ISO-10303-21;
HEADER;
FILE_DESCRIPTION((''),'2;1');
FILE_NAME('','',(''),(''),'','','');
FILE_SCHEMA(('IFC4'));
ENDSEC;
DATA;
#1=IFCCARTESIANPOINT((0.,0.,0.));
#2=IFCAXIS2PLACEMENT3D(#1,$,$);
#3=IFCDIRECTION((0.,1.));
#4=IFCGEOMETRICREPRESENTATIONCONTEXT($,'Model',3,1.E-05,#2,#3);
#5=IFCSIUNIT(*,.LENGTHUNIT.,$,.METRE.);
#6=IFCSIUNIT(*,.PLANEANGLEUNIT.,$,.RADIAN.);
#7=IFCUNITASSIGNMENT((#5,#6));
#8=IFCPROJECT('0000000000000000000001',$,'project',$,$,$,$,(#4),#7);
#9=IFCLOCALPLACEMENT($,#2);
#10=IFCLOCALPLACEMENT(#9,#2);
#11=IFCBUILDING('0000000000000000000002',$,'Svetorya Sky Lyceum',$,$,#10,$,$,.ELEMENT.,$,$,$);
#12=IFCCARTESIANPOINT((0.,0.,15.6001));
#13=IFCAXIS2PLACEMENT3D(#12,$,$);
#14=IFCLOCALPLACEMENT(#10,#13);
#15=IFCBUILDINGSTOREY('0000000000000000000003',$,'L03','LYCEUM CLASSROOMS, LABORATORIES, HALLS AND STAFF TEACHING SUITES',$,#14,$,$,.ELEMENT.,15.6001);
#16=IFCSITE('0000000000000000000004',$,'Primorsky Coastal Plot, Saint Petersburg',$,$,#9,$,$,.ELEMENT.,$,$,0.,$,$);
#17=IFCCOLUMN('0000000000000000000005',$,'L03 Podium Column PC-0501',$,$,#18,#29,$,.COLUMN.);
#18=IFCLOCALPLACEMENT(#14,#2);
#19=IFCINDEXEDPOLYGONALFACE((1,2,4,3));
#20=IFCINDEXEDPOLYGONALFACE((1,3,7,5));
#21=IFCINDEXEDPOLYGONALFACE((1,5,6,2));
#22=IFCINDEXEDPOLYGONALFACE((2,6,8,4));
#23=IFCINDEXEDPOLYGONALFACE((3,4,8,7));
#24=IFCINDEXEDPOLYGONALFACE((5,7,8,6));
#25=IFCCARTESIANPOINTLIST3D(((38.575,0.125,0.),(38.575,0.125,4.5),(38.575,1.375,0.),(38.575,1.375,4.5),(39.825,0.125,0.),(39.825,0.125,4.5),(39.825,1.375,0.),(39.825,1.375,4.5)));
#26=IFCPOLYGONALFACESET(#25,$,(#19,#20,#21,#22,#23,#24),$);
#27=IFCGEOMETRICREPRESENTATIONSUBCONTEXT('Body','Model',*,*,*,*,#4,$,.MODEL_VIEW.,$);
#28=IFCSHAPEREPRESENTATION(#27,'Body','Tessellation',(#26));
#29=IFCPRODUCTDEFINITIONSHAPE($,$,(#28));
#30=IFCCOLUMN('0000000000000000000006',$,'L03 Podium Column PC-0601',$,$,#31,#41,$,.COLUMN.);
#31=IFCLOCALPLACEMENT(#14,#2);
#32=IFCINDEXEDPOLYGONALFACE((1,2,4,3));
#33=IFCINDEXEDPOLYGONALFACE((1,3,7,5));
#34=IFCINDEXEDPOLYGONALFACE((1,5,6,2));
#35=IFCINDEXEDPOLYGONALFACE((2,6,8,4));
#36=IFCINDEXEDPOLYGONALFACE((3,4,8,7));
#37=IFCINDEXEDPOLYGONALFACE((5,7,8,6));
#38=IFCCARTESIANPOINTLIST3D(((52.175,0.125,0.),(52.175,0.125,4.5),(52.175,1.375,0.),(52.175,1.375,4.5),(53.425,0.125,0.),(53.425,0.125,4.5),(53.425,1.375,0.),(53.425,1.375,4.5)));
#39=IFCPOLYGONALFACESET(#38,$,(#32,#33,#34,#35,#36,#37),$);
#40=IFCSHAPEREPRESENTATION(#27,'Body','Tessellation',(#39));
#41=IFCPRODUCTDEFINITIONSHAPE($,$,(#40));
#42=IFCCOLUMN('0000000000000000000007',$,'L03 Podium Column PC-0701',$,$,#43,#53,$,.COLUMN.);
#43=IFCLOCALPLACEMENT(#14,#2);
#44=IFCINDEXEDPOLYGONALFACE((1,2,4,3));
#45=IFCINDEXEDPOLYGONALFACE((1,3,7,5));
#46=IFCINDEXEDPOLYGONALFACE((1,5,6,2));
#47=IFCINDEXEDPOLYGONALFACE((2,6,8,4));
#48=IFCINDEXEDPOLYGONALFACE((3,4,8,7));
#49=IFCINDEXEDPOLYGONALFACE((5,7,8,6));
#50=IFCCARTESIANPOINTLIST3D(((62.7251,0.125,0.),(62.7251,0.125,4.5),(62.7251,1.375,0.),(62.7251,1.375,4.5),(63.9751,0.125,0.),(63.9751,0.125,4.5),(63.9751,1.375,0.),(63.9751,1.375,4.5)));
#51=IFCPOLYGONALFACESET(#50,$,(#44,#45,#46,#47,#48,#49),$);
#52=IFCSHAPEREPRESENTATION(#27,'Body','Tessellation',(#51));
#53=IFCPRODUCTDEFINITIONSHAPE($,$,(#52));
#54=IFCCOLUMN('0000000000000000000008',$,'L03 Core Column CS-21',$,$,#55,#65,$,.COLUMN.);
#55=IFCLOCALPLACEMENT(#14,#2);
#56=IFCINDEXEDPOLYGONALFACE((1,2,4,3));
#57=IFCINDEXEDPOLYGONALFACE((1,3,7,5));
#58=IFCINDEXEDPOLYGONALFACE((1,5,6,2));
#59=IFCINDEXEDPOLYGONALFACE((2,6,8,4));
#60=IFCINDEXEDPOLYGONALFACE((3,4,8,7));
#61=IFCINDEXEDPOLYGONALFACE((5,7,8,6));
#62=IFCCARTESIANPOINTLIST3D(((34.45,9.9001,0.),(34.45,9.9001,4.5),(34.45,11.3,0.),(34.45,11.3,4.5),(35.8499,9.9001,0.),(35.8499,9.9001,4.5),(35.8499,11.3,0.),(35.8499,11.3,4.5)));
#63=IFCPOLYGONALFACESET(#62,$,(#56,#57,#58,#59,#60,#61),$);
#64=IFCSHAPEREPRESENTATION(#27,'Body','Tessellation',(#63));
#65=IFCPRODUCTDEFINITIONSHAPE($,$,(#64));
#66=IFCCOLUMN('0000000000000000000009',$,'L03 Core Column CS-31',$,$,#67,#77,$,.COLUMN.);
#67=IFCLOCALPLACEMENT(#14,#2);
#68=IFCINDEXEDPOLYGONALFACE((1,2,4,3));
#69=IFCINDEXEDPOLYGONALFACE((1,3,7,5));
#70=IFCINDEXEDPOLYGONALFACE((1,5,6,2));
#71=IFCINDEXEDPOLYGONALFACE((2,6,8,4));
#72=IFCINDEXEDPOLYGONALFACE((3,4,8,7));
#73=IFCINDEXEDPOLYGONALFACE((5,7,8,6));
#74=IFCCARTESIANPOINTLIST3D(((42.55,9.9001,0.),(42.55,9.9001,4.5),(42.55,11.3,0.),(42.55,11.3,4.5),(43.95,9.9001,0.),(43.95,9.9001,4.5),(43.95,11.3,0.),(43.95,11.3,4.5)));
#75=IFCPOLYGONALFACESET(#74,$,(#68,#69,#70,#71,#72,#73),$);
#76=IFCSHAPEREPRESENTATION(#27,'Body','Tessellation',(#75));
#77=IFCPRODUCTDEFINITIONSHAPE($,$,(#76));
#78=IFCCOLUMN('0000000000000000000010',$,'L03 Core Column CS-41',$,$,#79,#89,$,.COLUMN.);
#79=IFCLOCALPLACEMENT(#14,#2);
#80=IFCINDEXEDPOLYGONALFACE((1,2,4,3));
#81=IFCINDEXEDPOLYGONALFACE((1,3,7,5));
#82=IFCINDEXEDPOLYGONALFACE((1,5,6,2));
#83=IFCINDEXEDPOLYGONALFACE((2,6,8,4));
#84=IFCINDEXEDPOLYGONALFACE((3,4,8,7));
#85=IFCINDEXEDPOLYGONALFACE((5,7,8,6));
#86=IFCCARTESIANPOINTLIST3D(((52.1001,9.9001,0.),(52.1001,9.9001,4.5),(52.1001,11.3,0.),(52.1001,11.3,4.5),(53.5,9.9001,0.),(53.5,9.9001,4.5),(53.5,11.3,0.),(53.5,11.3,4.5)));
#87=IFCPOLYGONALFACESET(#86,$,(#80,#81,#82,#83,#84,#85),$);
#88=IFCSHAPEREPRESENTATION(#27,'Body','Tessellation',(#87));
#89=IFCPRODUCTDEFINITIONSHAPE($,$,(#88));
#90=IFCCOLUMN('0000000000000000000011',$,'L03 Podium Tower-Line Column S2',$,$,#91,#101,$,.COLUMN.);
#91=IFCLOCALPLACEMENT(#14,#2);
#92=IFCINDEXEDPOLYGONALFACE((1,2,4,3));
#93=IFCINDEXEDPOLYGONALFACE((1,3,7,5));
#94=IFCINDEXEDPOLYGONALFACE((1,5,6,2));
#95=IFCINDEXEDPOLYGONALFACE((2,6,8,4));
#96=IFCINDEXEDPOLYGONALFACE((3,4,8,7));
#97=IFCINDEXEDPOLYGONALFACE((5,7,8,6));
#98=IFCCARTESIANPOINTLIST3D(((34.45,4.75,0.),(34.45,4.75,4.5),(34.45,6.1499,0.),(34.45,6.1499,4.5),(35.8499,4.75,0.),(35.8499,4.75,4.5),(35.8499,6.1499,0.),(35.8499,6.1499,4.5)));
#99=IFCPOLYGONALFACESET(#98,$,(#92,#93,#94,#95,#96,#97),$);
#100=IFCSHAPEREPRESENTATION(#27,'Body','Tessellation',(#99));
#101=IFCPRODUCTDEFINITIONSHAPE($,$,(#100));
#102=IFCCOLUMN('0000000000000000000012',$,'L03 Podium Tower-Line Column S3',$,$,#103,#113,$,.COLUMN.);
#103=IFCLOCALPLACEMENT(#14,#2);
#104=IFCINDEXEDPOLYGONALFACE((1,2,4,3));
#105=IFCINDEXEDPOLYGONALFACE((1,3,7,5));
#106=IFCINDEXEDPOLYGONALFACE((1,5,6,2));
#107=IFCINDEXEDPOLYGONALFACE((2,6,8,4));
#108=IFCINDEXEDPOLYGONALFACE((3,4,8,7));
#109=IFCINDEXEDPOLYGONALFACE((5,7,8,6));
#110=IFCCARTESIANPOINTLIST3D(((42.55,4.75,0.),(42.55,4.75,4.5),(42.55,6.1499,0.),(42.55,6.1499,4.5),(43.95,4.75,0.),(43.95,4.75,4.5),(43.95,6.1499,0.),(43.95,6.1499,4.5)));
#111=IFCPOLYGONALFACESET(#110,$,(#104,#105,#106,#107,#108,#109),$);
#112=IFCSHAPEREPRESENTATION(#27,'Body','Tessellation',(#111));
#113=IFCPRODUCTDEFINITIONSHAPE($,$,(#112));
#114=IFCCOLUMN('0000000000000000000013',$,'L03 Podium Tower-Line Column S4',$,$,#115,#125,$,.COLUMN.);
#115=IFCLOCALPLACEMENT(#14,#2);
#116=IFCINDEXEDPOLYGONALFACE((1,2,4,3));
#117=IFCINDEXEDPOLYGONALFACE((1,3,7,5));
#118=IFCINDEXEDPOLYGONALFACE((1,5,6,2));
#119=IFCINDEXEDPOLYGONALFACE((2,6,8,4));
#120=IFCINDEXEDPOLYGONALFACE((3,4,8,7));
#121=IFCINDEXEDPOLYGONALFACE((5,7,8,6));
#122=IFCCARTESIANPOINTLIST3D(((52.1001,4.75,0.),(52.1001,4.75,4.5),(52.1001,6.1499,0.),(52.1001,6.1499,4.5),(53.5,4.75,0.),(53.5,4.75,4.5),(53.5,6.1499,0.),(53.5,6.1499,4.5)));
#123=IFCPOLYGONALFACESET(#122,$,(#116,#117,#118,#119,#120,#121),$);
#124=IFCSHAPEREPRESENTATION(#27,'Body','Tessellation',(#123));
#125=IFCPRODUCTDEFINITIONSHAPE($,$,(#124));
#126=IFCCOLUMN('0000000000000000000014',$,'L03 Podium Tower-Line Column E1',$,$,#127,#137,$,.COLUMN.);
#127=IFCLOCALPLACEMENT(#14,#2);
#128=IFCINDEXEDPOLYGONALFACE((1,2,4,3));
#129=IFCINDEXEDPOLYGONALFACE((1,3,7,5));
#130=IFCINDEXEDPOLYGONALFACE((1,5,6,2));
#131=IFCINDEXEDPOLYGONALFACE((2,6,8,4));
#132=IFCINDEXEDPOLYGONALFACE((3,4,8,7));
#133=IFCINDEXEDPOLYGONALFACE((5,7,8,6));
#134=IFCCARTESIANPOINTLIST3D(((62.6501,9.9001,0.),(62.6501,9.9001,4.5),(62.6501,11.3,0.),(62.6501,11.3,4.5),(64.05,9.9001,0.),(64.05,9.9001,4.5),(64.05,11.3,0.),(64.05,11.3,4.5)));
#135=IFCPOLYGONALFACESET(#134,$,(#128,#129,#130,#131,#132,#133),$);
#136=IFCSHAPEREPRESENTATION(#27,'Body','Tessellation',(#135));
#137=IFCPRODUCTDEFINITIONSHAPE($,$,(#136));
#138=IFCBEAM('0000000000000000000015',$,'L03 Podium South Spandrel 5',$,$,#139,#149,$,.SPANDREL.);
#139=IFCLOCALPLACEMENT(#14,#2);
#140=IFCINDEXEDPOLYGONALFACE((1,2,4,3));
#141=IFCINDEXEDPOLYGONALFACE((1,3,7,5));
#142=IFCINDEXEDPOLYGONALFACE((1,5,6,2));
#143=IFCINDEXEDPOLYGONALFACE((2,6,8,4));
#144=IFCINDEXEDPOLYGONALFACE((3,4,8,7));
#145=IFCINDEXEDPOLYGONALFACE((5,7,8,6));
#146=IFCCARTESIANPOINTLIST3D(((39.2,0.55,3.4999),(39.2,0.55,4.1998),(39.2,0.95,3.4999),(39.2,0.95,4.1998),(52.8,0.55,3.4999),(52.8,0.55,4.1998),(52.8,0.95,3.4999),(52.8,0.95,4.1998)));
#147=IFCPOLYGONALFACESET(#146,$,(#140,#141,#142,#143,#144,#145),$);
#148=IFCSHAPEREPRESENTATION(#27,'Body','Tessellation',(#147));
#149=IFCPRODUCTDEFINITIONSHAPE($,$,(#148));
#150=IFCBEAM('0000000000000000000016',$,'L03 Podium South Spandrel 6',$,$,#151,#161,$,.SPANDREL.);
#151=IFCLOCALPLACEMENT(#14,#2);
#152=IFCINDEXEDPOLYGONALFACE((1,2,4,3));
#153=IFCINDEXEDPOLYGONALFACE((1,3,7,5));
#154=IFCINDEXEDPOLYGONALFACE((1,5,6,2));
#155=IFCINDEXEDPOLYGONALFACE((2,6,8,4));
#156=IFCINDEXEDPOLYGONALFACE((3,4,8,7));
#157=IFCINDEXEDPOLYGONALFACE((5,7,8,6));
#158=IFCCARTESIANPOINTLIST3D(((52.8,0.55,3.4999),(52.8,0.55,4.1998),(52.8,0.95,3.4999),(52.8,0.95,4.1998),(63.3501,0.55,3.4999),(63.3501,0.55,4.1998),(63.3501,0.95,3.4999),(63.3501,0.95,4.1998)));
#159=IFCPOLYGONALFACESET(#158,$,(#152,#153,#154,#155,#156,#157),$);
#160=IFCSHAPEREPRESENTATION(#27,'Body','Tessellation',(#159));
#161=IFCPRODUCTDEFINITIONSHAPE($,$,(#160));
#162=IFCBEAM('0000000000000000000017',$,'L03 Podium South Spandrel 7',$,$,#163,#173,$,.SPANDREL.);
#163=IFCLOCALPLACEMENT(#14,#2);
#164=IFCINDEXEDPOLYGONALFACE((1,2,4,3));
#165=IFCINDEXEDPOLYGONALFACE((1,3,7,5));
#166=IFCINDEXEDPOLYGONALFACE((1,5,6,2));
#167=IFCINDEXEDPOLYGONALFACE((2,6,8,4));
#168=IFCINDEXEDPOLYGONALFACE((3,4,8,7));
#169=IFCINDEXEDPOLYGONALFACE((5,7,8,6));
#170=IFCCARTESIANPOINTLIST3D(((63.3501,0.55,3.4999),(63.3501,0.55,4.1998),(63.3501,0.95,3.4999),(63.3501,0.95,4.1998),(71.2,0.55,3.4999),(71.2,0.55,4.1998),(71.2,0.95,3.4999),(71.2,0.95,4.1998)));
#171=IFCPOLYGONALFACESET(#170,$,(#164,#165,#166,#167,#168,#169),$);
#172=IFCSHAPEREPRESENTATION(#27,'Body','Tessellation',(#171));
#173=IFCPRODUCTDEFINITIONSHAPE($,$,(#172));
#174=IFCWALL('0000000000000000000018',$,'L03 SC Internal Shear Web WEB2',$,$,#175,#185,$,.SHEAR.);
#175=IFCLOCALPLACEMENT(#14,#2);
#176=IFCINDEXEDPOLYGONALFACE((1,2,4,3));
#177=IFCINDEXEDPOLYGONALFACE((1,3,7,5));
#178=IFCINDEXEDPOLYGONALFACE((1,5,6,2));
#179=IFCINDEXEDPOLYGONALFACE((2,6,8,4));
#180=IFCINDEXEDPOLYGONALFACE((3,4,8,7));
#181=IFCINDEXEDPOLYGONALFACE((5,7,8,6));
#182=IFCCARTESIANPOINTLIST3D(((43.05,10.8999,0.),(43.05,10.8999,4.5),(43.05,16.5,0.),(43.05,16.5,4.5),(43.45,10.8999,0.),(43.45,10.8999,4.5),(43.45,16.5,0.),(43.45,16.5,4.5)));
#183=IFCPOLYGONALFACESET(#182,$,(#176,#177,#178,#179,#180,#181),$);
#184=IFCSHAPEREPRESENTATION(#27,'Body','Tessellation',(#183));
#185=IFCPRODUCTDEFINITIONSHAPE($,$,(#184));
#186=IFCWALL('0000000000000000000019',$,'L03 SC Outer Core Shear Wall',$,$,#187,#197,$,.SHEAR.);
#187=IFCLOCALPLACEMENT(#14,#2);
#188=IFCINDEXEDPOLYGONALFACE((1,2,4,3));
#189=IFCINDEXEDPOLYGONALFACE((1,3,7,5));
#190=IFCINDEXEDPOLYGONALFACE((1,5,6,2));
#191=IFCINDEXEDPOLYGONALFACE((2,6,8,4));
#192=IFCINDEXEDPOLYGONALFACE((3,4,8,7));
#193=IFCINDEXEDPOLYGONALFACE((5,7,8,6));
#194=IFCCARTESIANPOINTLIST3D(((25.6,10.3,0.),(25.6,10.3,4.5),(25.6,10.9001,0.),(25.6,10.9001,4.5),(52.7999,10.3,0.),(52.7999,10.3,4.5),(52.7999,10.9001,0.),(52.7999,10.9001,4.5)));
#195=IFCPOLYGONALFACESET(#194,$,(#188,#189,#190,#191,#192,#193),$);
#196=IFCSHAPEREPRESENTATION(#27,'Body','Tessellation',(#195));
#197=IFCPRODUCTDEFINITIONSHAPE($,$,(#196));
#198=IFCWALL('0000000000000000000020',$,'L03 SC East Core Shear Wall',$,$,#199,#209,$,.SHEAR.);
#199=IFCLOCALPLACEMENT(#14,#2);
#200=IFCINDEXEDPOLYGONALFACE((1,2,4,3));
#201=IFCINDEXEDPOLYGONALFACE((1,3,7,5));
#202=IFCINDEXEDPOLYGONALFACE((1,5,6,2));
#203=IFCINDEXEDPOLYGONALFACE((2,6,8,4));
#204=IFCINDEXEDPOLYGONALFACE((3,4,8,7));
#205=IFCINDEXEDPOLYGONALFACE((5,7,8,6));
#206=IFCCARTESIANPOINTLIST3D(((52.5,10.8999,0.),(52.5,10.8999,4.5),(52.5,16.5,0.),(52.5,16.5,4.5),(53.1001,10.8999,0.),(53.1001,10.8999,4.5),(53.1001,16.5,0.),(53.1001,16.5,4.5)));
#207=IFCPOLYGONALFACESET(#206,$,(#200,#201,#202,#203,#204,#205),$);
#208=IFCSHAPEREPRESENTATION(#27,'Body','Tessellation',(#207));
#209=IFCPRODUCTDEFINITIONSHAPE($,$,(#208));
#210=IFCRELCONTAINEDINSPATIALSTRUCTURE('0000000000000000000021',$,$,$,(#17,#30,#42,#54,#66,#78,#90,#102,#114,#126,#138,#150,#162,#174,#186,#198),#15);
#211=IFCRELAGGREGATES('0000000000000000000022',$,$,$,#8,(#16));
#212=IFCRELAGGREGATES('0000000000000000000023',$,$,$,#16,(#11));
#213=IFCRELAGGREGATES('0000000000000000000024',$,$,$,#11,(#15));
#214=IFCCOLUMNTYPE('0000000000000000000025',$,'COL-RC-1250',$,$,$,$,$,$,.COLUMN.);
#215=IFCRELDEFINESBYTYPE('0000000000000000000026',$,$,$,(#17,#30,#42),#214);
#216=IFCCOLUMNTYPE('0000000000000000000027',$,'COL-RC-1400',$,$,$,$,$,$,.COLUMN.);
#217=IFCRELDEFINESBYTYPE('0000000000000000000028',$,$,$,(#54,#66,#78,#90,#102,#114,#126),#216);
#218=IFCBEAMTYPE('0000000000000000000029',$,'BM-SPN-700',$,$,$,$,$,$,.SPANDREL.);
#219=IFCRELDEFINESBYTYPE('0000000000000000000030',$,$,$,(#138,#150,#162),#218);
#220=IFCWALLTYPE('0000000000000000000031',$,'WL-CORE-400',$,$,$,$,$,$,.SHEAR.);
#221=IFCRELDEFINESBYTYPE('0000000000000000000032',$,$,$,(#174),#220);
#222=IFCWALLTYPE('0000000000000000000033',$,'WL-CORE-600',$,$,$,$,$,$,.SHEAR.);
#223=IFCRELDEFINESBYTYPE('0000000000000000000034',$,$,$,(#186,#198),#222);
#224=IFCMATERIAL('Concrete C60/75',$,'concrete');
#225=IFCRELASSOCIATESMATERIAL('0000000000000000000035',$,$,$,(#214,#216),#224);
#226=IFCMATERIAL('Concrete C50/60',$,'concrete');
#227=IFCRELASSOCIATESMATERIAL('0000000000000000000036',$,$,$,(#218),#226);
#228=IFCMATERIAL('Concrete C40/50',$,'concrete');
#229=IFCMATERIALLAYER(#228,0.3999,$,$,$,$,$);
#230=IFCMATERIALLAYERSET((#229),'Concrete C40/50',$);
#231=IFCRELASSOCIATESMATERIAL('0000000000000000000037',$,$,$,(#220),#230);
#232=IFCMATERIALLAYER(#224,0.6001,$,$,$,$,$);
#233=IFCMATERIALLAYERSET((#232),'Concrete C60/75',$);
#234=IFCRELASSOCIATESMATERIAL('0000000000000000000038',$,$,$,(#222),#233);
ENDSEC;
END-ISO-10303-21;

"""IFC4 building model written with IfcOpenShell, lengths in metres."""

from ifc_helpers import new_model, si_unit, direction, frame, frame_2d, origin, origin_2d, place, context, subcontext, project, spatial, rectangle, extrude, material, layer, layer_set, material_profile, profile_set, type_object, element, save


model = new_model("IFC4")

# Units and contexts
model_context = context("Model", 3, precision=1e-05, world=origin(), true_north=direction((0.0, 1.0)))
body_context = subcontext(model_context, "Body", "Model", "MODEL_VIEW")
ifc_project = project(units=[si_unit("LENGTHUNIT", "METRE"), si_unit("PLANEANGLEUNIT", "RADIAN")], contexts=[model_context])

# Site, building, storey
site_placement = place(None, origin())
site = spatial("IfcSite", under=ifc_project, at=site_placement, Name="Primorsky Coastal Plot, Saint Petersburg", CompositionType="ELEMENT", RefElevation=0.0)
building_placement = place(site_placement, origin())
building = spatial("IfcBuilding", under=site, at=building_placement, Name="Svetorya Sky Lyceum", CompositionType="ELEMENT")
storey_placement = place(building_placement, frame((0.0, 0.0, 15.6001)))
storey = spatial("IfcBuildingStorey", under=building, at=storey_placement, Name="L03", Description="LYCEUM CLASSROOMS, LABORATORIES, HALLS AND STAFF TEACHING SUITES", CompositionType="ELEMENT", Elevation=15.6001)

# Columns
ifc_material_1 = material(Name="Concrete C60/75", Category="concrete")
ifc_material_profile_1 = material_profile(ifc_material_1, rectangle(XDim=1.25, YDim=1.25, at=origin_2d()), Name="RC COL 1250x1250")
ifc_profile_set_1 = profile_set([ifc_material_profile_1], Name="Concrete C60/75")
column_type_1 = type_object("IfcColumnType", Name="COL-RC-1250", PredefinedType="COLUMN", material=ifc_profile_set_1)
for number, where, z_axis, x_axis, name in (
    (1, (39.2, 0.75, 0.0), (0.0, 0.0, 1.0), (1.0, 0.0, 0.0), "L03 Podium Column PC-0501"),
    (2, (52.8, 0.75, 0.0), (0.0, 0.0, 1.0), (1.0, 0.0, 0.0), "L03 Podium Column PC-0601"),
    (3, (63.3501, 0.75, 0.0), (0.0, 0.0, 1.0), (1.0, 0.0, 0.0), "L03 Podium Column PC-0701"),
):
    element("IfcColumn", number, at=place(storey_placement, frame(where, z_axis=z_axis, x_axis=x_axis)), inside=storey, type_object=column_type_1, Name=name, PredefinedType="COLUMN", context=body_context, shape_type="SweptSolid", body=[
        extrude(rectangle(XDim=1.25, YDim=1.25, at=origin_2d()), origin(), (0.0, 0.0, 1.0), 4.5),
    ])
ifc_material_profile_2 = material_profile(ifc_material_1, rectangle(XDim=1.3999, YDim=1.3999, at=origin_2d()), Name="RC COL 1400x1400")
ifc_profile_set_2 = profile_set([ifc_material_profile_2], Name="Concrete C60/75")
column_type_2 = type_object("IfcColumnType", Name="COL-RC-1400", PredefinedType="COLUMN", material=ifc_profile_set_2)
for number, where, z_axis, x_axis, name in (
    (4, (35.1499, 10.6001, 0.0), (0.0, 0.0, 1.0), (1.0, 0.0, 0.0), "L03 Core Column CS-21"),
    (5, (43.25, 10.6001, 0.0), (0.0, 0.0, 1.0), (1.0, 0.0, 0.0), "L03 Core Column CS-31"),
    (6, (52.8, 10.6001, 0.0), (0.0, 0.0, 1.0), (1.0, 0.0, 0.0), "L03 Core Column CS-41"),
    (7, (35.1499, 5.45, 0.0), (0.0, 0.0, 1.0), (1.0, 0.0, 0.0), "L03 Podium Tower-Line Column S2"),
    (8, (43.25, 5.45, 0.0), (0.0, 0.0, 1.0), (1.0, 0.0, 0.0), "L03 Podium Tower-Line Column S3"),
    (9, (52.8, 5.45, 0.0), (0.0, 0.0, 1.0), (1.0, 0.0, 0.0), "L03 Podium Tower-Line Column S4"),
    (10, (63.3501, 10.6001, 0.0), (0.0, 0.0, 1.0), (1.0, 0.0, 0.0), "L03 Podium Tower-Line Column E1"),
):
    element("IfcColumn", number, at=place(storey_placement, frame(where, z_axis=z_axis, x_axis=x_axis)), inside=storey, type_object=column_type_2, Name=name, PredefinedType="COLUMN", context=body_context, shape_type="SweptSolid", body=[
        extrude(rectangle(XDim=1.3999, YDim=1.3999, at=origin_2d()), origin(), (0.0, 0.0, 1.0), 4.5),
    ])

# Beams
ifc_material_2 = material(Name="Concrete C50/60", Category="concrete")
ifc_material_profile_3 = material_profile(ifc_material_2, rectangle(XDim=0.3999, YDim=0.7, at=origin_2d()), Name="RC SPANDREL 400x700")
ifc_profile_set_3 = profile_set([ifc_material_profile_3], Name="Concrete C50/60")
beam_type = type_object("IfcBeamType", Name="BM-SPN-700", PredefinedType="SPANDREL", material=ifc_profile_set_3)
beam_1_placement = place(storey_placement, frame((39.2, 0.75, 3.8499), z_axis=(1.0, 0.0, 0.0), x_axis=(0.0, 1.0, 0.0)))
element("IfcBeam", 11, at=beam_1_placement, inside=storey, type_object=beam_type, Name="L03 Podium South Spandrel 5", PredefinedType="SPANDREL", context=body_context, shape_type="SweptSolid", body=[
    extrude(rectangle(XDim=0.3999, YDim=0.7, at=origin_2d()), origin(), (0.0, 0.0, 1.0), 13.6001),
])
beam_2_placement = place(storey_placement, frame((52.8, 0.75, 3.8499), z_axis=(1.0, 0.0, 0.0), x_axis=(0.0, 1.0, 0.0)))
element("IfcBeam", 12, at=beam_2_placement, inside=storey, type_object=beam_type, Name="L03 Podium South Spandrel 6", PredefinedType="SPANDREL", context=body_context, shape_type="SweptSolid", body=[
    extrude(rectangle(XDim=0.3999, YDim=0.7, at=origin_2d()), origin(), (0.0, 0.0, 1.0), 10.55),
])
beam_3_placement = place(storey_placement, frame((63.3501, 0.75, 3.8499), z_axis=(1.0, 0.0, 0.0), x_axis=(0.0, 1.0, 0.0)))
element("IfcBeam", 13, at=beam_3_placement, inside=storey, type_object=beam_type, Name="L03 Podium South Spandrel 7", PredefinedType="SPANDREL", context=body_context, shape_type="SweptSolid", body=[
    extrude(rectangle(XDim=0.3999, YDim=0.7, at=origin_2d()), origin(), (0.0, 0.0, 1.0), 7.8499),
])

# Walls
ifc_material_3 = material(Name="Concrete C40/50", Category="concrete")
ifc_layer_1 = layer(ifc_material_3, 0.3999)
ifc_layer_set_1 = layer_set([ifc_layer_1], Name="Concrete C40/50")
wall_type_1 = type_object("IfcWallType", Name="WL-CORE-400", PredefinedType="SHEAR", material=ifc_layer_set_1)
wall_1_placement = place(storey_placement, frame((43.25, 10.8999, 0.0), z_axis=(0.0, 0.0, 1.0), x_axis=(0.0, 1.0, 0.0)))
element("IfcWall", 14, at=wall_1_placement, inside=storey, type_object=wall_type_1, Name="L03 SC Internal Shear Web WEB2", PredefinedType="SHEAR", context=body_context, shape_type="SweptSolid", body=[
    extrude(rectangle(XDim=5.6001, YDim=0.3999, at=frame_2d((2.8, 0.0))), origin(), (0.0, 0.0, 1.0), 4.5),
])
ifc_layer_2 = layer(ifc_material_1, 0.6001)
ifc_layer_set_2 = layer_set([ifc_layer_2], Name="Concrete C60/75")
wall_type_2 = type_object("IfcWallType", Name="WL-CORE-600", PredefinedType="SHEAR", material=ifc_layer_set_2)
wall_2_placement = place(storey_placement, frame((52.8, 10.6001, 0.0), z_axis=(0.0, 0.0, 1.0), x_axis=(-1.0, 0.0, 0.0)))
element("IfcWall", 15, at=wall_2_placement, inside=storey, type_object=wall_type_2, Name="L03 SC Outer Core Shear Wall", PredefinedType="SHEAR", context=body_context, shape_type="SweptSolid", body=[
    extrude(rectangle(XDim=27.2, YDim=0.6001, at=frame_2d((13.6001, 0.0))), origin(), (0.0, 0.0, 1.0), 4.5),
])
wall_3_placement = place(storey_placement, frame((52.8, 10.8999, 0.0), z_axis=(0.0, 0.0, 1.0), x_axis=(0.0, 1.0, 0.0)))
element("IfcWall", 16, at=wall_3_placement, inside=storey, type_object=wall_type_2, Name="L03 SC East Core Shear Wall", PredefinedType="SHEAR", context=body_context, shape_type="SweptSolid", body=[
    extrude(rectangle(XDim=5.6001, YDim=0.6001, at=frame_2d((2.8, 0.0))), origin(), (0.0, 0.0, 1.0), 4.5),
])

save(model, "model.ifc")
